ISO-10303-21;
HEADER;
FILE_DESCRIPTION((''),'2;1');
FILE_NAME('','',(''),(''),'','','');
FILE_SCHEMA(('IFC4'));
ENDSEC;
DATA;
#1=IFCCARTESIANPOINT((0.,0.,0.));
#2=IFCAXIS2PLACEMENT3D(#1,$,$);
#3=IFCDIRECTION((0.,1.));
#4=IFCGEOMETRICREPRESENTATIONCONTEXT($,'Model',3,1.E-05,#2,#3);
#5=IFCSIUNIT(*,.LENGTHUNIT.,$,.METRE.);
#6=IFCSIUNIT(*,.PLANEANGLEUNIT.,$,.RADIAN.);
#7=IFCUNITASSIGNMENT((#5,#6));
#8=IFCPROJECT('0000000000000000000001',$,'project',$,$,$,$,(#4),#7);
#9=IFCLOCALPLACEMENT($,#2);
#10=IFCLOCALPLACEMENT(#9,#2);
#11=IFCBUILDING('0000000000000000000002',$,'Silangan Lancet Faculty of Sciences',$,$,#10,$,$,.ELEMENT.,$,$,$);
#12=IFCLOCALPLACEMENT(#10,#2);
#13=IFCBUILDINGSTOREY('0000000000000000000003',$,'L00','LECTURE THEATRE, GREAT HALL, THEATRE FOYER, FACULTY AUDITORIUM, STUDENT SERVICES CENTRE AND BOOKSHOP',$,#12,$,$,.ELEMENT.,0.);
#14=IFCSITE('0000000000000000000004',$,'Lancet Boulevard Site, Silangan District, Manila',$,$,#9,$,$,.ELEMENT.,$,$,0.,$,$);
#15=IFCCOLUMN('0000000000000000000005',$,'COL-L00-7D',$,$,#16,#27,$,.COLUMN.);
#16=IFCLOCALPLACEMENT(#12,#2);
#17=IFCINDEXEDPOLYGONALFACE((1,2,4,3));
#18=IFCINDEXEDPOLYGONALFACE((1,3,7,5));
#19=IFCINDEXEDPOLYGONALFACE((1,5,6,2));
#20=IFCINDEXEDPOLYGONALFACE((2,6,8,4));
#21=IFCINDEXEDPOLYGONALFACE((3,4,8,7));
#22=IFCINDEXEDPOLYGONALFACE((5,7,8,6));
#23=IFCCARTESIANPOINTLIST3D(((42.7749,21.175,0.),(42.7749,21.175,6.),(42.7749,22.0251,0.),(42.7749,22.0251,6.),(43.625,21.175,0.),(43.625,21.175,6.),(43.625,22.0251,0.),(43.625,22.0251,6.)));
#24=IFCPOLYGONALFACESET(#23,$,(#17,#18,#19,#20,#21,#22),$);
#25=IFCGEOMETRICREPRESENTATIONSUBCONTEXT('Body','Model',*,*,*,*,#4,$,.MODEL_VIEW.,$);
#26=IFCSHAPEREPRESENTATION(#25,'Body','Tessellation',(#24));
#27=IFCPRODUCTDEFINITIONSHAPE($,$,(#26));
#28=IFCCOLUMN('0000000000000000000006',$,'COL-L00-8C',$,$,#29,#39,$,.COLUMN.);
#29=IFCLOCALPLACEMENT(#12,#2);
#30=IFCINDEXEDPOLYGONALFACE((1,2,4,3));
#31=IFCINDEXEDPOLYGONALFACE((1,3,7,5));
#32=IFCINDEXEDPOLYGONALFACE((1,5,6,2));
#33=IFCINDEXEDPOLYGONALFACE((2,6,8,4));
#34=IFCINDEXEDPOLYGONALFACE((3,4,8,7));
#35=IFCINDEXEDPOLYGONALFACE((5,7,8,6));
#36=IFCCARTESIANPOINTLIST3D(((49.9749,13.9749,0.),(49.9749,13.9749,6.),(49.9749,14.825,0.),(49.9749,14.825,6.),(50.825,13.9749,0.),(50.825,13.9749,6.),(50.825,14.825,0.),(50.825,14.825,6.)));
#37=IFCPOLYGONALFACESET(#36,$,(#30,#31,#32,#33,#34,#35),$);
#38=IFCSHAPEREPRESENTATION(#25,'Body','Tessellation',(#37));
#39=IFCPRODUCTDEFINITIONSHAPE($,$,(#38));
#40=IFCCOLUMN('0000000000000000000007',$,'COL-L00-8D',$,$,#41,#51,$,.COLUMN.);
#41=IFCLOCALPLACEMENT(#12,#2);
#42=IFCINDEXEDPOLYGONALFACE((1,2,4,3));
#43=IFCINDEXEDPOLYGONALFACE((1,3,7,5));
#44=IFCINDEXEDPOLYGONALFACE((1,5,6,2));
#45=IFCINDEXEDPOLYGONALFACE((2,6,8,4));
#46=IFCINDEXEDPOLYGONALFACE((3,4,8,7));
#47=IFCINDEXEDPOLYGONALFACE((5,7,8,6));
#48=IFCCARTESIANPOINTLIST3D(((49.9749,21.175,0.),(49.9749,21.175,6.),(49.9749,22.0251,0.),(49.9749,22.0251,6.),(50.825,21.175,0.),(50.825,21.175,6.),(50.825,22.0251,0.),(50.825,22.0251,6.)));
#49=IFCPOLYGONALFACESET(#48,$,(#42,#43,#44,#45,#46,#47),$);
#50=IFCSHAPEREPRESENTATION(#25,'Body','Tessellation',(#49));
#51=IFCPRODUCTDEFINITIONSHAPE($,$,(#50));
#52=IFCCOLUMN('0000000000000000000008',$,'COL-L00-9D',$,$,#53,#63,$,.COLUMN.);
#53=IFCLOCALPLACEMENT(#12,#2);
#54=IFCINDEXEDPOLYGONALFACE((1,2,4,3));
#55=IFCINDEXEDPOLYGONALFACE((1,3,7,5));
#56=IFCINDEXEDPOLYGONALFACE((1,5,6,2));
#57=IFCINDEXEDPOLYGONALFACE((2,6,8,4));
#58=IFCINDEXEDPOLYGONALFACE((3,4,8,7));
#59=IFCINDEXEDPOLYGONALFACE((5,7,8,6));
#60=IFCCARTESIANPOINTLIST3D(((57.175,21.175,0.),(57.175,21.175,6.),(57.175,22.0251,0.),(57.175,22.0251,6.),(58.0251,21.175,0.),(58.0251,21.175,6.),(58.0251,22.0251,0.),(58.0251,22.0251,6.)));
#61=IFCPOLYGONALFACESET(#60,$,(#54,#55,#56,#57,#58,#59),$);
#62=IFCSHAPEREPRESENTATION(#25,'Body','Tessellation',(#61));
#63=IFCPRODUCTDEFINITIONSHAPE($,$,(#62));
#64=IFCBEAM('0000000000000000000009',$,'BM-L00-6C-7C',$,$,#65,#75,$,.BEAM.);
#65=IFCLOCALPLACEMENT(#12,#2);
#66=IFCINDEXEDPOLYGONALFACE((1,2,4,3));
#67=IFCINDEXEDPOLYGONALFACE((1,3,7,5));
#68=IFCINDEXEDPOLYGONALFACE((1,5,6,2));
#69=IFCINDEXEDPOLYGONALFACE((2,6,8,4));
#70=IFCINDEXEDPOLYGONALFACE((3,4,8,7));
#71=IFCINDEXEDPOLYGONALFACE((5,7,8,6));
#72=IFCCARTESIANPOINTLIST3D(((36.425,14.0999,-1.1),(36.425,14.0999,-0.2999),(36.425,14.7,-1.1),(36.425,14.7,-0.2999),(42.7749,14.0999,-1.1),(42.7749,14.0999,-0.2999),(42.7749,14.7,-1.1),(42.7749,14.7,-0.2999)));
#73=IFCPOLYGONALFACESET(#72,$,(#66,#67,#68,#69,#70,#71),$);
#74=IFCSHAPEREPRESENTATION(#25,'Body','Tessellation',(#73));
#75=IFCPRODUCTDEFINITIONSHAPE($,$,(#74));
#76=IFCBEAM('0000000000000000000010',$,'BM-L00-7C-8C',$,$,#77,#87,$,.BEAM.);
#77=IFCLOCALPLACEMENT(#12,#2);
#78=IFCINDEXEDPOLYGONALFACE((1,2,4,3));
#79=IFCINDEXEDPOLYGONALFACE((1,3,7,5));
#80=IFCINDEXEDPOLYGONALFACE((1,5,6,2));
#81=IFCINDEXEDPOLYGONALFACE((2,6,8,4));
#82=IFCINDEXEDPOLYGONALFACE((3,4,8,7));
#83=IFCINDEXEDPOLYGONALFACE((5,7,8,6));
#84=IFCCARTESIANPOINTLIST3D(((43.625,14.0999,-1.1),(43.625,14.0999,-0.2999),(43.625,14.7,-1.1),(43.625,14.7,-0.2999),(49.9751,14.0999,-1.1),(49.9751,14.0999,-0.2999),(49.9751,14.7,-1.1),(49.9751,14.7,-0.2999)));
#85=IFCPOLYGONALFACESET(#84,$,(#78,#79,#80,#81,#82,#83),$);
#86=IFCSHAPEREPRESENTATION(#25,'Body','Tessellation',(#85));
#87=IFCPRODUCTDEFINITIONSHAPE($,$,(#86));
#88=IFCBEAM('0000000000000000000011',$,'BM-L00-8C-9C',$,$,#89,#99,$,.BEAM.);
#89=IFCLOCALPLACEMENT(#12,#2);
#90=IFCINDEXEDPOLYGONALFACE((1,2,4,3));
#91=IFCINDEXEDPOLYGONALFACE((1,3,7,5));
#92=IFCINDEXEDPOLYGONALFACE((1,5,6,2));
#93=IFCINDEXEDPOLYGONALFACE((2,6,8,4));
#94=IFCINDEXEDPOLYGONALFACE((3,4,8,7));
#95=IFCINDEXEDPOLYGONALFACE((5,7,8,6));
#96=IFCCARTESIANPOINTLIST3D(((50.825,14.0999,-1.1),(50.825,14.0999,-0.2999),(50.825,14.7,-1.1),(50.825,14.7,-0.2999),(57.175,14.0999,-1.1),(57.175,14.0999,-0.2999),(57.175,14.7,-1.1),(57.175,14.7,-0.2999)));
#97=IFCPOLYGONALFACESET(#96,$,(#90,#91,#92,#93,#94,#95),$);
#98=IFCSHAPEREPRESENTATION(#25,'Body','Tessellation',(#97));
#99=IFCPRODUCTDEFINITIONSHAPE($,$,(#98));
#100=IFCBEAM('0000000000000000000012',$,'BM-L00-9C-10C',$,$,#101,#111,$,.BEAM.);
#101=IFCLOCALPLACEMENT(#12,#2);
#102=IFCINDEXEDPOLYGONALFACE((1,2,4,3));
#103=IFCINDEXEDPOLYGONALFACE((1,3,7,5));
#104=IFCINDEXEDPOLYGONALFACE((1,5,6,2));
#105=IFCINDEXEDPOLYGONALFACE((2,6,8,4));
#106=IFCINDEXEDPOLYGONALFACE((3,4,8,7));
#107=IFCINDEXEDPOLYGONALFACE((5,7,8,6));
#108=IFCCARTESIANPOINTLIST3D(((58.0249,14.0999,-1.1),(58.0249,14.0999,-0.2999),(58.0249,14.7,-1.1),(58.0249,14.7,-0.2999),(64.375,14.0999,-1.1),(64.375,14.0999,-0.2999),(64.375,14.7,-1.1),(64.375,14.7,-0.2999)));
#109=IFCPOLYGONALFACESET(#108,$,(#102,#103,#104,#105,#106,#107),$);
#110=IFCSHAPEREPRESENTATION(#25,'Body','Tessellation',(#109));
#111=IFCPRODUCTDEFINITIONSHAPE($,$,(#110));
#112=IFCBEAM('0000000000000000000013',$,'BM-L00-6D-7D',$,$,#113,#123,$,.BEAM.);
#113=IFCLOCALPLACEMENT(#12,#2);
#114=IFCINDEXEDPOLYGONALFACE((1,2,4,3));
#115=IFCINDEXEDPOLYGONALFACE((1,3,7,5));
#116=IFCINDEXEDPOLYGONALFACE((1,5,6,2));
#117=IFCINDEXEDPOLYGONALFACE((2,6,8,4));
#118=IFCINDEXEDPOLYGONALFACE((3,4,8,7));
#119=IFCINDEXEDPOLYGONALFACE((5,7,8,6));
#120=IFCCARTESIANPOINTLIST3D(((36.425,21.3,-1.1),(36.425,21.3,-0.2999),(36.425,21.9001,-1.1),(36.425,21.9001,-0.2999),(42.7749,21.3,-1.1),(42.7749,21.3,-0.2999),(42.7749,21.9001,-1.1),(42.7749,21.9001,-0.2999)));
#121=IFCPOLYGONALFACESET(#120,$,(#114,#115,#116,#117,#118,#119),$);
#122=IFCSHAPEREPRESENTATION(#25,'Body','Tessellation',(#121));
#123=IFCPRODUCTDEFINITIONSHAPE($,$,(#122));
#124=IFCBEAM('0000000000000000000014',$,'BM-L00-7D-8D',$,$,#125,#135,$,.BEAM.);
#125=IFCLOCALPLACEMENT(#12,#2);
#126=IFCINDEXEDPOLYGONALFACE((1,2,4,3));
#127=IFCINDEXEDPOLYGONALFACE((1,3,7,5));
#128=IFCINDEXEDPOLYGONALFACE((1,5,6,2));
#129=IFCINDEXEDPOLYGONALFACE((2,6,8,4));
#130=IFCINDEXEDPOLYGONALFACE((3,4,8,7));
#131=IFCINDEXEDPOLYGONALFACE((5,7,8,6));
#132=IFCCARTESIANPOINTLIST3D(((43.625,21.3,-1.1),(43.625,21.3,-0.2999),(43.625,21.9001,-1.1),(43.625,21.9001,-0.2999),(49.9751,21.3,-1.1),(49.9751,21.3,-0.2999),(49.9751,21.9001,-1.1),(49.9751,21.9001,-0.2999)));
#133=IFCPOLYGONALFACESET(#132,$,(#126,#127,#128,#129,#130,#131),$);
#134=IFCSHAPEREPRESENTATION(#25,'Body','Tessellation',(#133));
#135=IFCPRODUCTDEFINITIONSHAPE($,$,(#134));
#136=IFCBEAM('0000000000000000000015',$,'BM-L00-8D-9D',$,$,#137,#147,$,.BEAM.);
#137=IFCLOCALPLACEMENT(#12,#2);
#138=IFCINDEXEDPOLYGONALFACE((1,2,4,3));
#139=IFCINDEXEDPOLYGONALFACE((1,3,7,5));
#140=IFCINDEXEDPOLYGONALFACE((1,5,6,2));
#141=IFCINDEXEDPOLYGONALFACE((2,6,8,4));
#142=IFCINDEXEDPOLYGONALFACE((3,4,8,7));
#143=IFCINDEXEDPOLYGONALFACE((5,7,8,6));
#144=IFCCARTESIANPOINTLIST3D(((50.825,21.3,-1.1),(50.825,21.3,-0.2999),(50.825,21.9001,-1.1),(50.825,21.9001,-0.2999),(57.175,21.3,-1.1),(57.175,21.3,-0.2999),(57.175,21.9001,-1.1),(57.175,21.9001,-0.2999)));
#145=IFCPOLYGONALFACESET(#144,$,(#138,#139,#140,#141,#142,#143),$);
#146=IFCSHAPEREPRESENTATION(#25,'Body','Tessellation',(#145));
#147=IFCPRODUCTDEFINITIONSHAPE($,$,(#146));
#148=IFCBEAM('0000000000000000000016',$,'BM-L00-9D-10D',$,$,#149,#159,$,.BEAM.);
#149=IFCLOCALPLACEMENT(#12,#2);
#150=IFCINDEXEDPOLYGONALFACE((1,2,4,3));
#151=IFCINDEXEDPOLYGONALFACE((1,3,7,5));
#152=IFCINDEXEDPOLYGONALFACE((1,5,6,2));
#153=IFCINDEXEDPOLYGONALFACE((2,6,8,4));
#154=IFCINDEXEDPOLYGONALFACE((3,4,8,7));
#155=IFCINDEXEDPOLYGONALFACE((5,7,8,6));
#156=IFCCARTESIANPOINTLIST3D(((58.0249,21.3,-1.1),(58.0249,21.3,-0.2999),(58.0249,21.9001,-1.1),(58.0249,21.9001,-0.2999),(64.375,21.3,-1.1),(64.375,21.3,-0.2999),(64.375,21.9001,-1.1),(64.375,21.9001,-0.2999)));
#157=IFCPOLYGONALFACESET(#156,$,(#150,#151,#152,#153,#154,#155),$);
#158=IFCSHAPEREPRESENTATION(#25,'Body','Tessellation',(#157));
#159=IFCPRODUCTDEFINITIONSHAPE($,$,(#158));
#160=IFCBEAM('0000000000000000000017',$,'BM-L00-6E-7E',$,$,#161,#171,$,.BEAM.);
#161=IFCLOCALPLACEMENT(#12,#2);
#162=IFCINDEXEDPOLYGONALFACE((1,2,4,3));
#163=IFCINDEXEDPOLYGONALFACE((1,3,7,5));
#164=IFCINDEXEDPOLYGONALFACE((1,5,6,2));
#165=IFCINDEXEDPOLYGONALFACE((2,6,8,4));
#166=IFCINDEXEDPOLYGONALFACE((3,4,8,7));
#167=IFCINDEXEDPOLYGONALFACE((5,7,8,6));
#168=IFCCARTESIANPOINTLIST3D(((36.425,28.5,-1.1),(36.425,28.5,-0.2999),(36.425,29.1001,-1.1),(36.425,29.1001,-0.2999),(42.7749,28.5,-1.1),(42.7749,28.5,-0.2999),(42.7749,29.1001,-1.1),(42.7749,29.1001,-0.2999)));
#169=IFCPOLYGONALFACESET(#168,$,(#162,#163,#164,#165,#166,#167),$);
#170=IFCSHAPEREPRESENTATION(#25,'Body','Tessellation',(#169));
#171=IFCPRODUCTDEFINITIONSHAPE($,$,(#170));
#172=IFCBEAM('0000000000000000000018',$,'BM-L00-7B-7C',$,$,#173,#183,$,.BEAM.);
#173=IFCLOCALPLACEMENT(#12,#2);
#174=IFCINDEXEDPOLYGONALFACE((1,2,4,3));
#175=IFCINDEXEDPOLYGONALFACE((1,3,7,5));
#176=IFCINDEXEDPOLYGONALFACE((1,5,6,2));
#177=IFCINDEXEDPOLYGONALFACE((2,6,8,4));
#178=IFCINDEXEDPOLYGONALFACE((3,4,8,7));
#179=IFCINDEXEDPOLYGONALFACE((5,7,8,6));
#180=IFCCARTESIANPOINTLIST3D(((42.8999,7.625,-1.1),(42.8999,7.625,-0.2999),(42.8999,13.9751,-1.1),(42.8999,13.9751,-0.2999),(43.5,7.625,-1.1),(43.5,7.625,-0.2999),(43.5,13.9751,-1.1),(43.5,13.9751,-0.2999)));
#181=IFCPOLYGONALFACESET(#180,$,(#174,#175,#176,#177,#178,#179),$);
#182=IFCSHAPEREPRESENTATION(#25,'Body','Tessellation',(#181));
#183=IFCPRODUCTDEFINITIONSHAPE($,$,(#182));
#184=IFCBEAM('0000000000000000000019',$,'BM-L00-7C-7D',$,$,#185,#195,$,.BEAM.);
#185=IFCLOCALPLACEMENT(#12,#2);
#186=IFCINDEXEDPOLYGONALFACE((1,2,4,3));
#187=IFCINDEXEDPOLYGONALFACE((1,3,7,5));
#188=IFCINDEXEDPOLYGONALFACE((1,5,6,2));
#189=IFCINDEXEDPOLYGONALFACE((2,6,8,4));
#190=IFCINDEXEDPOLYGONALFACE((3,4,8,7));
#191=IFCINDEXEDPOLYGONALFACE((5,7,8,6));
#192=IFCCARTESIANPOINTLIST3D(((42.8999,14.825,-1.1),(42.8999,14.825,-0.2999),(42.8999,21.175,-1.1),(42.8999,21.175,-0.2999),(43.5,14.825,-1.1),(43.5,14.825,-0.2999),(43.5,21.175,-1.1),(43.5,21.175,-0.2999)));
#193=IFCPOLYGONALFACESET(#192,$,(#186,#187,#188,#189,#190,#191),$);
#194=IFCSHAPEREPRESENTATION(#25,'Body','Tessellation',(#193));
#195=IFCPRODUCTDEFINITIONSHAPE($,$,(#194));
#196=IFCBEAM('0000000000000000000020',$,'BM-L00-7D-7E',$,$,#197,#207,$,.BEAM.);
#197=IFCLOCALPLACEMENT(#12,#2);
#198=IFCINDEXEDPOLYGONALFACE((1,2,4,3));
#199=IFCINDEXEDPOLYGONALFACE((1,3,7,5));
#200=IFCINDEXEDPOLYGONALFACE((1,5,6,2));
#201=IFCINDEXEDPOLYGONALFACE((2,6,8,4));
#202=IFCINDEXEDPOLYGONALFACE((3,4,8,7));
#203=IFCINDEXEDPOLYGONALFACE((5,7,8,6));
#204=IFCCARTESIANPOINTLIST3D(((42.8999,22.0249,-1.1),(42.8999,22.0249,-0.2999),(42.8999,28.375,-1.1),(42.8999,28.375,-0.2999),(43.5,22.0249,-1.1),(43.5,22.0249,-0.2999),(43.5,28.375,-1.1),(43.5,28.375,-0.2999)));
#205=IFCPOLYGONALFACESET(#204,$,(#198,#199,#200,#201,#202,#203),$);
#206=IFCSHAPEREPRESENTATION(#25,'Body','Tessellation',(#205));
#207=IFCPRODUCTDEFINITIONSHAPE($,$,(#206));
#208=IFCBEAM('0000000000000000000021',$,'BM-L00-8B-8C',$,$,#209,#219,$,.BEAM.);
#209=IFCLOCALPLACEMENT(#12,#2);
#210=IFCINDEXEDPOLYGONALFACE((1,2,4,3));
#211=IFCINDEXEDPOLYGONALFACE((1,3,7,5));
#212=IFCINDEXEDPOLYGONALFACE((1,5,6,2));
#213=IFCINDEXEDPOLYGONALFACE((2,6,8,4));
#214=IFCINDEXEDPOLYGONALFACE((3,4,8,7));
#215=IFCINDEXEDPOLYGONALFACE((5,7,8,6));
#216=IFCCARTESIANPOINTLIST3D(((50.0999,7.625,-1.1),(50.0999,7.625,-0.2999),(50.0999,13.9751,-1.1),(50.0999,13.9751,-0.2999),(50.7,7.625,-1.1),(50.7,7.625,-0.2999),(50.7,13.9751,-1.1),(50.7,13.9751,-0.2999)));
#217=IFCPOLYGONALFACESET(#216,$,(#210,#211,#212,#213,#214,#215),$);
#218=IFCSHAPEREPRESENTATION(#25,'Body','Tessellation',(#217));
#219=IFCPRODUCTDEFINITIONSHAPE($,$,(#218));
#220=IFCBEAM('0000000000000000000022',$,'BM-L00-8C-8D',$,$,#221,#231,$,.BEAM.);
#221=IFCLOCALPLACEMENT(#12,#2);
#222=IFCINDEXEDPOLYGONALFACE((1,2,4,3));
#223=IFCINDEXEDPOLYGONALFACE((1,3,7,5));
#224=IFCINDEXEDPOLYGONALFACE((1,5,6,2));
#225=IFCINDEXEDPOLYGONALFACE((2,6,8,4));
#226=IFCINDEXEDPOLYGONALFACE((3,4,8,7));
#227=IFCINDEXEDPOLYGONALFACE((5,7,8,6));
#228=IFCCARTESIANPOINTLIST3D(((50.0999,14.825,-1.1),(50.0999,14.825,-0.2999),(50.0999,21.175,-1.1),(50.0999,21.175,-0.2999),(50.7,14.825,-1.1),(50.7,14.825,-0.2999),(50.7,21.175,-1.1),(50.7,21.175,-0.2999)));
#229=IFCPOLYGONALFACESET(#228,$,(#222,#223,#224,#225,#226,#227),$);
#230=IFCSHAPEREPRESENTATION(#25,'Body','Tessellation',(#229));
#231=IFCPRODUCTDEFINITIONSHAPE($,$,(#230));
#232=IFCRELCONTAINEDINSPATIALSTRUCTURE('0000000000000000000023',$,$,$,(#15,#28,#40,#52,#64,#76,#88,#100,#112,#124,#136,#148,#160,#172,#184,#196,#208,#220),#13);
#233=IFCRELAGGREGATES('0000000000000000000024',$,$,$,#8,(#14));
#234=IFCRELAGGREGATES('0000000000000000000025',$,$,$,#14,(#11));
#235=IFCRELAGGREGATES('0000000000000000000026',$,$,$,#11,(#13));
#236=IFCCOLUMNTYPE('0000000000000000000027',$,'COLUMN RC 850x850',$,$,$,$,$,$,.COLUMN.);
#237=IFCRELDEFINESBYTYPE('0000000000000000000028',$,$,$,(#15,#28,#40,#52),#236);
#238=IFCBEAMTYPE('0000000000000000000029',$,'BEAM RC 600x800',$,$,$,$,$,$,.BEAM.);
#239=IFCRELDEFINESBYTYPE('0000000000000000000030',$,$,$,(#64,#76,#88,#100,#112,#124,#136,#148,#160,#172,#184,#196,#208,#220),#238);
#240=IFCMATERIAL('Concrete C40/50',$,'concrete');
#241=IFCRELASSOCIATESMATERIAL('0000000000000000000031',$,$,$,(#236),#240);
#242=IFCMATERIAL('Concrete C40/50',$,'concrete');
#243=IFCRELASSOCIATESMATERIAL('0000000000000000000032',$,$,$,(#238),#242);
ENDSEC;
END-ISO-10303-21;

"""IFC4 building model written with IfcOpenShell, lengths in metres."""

from ifc_helpers import new_model, si_unit, direction, frame, origin, origin_2d, place, context, subcontext, project, spatial, rectangle, extrude, material, material_profile, profile_set, type_object, element, save


model = new_model("IFC4")

# Units and contexts
model_context = context("Model", 3, precision=1e-05, world=origin(), true_north=direction((0.0, 1.0)))
body_context = subcontext(model_context, "Body", "Model", "MODEL_VIEW")
ifc_project = project(units=[si_unit("LENGTHUNIT", "METRE"), si_unit("PLANEANGLEUNIT", "RADIAN")], contexts=[model_context])

# Site, building, storey
site_placement = place(None, origin())
site = spatial("IfcSite", under=ifc_project, at=site_placement, Name="Lancet Boulevard Site, Silangan District, Manila", CompositionType="ELEMENT", RefElevation=0.0)
building_placement = place(site_placement, origin())
building = spatial("IfcBuilding", under=site, at=building_placement, Name="Silangan Lancet Faculty of Sciences", CompositionType="ELEMENT")
storey_placement = place(building_placement, origin())
storey = spatial("IfcBuildingStorey", under=building, at=storey_placement, Name="L00", Description="LECTURE THEATRE, GREAT HALL, THEATRE FOYER, FACULTY AUDITORIUM, STUDENT SERVICES CENTRE AND BOOKSHOP", CompositionType="ELEMENT", Elevation=0.0)

# Columns
ifc_material_1 = material(Name="Concrete C40/50", Category="concrete")
ifc_material_profile_1 = material_profile(ifc_material_1, rectangle(XDim=0.8501, YDim=0.8501, at=origin_2d()), Name="RC 850x850")
ifc_profile_set_1 = profile_set([ifc_material_profile_1], Name="Concrete C40/50")
column_type = type_object("IfcColumnType", Name="COLUMN RC 850x850", PredefinedType="COLUMN", material=ifc_profile_set_1)
for number, where, z_axis, x_axis, name in (
    (1, (43.2, 21.6001, 0.0), (0.0, 0.0, 1.0), (1.0, 0.0, 0.0), "COL-L00-7D"),
    (2, (50.3999, 14.3999, 0.0), (0.0, 0.0, 1.0), (1.0, 0.0, 0.0), "COL-L00-8C"),
    (3, (50.3999, 21.6001, 0.0), (0.0, 0.0, 1.0), (1.0, 0.0, 0.0), "COL-L00-8D"),
    (4, (57.6001, 21.6001, 0.0), (0.0, 0.0, 1.0), (1.0, 0.0, 0.0), "COL-L00-9D"),
):
    element("IfcColumn", number, at=place(storey_placement, frame(where, z_axis=z_axis, x_axis=x_axis)), inside=storey, type_object=column_type, Name=name, PredefinedType="COLUMN", context=body_context, shape_type="SweptSolid", body=[
        extrude(rectangle(XDim=0.8501, YDim=0.8501, at=origin_2d()), origin(), (0.0, 0.0, 1.0), 6.0),
    ])

# Beams
ifc_material_2 = material(Name="Concrete C40/50", Category="concrete")
ifc_material_profile_2 = material_profile(ifc_material_2, rectangle(XDim=0.6001, YDim=0.8, at=origin_2d()), Name="RC 600x800")
ifc_profile_set_2 = profile_set([ifc_material_profile_2], Name="Concrete C40/50")
beam_type = type_object("IfcBeamType", Name="BEAM RC 600x800", PredefinedType="BEAM", material=ifc_profile_set_2)
beam_1_placement = place(storey_placement, frame((36.425, 14.3999, -0.7), z_axis=(1.0, 0.0, 0.0), x_axis=(0.0, 1.0, 0.0)))
element("IfcBeam", 5, at=beam_1_placement, inside=storey, type_object=beam_type, Name="BM-L00-6C-7C", PredefinedType="BEAM", context=body_context, shape_type="SweptSolid", body=[
    extrude(rectangle(XDim=0.6001, YDim=0.8, at=origin_2d()), origin(), (0.0, 0.0, 1.0), 6.3499),
])
for number, where, z_axis, x_axis, name in (
    (6, (43.625, 14.3999, -0.7), (1.0, 0.0, 0.0), (0.0, 1.0, 0.0), "BM-L00-7C-8C"),
    (7, (50.825, 14.3999, -0.7), (1.0, 0.0, 0.0), (0.0, 1.0, 0.0), "BM-L00-8C-9C"),
    (8, (58.0249, 14.3999, -0.7), (1.0, 0.0, 0.0), (0.0, 1.0, 0.0), "BM-L00-9C-10C"),
):
    element("IfcBeam", number, at=place(storey_placement, frame(where, z_axis=z_axis, x_axis=x_axis)), inside=storey, type_object=beam_type, Name=name, PredefinedType="BEAM", context=body_context, shape_type="SweptSolid", body=[
        extrude(rectangle(XDim=0.6001, YDim=0.8, at=origin_2d()), origin(), (0.0, 0.0, 1.0), 6.3501),
    ])
beam_2_placement = place(storey_placement, frame((36.425, 21.6001, -0.7), z_axis=(1.0, 0.0, 0.0), x_axis=(0.0, 1.0, 0.0)))
element("IfcBeam", 9, at=beam_2_placement, inside=storey, type_object=beam_type, Name="BM-L00-6D-7D", PredefinedType="BEAM", context=body_context, shape_type="SweptSolid", body=[
    extrude(rectangle(XDim=0.6001, YDim=0.8, at=origin_2d()), origin(), (0.0, 0.0, 1.0), 6.3499),
])
for number, where, z_axis, x_axis, name in (
    (10, (43.625, 21.6001, -0.7), (1.0, 0.0, 0.0), (0.0, 1.0, 0.0), "BM-L00-7D-8D"),
    (11, (50.825, 21.6001, -0.7), (1.0, 0.0, 0.0), (0.0, 1.0, 0.0), "BM-L00-8D-9D"),
    (12, (58.0249, 21.6001, -0.7), (1.0, 0.0, 0.0), (0.0, 1.0, 0.0), "BM-L00-9D-10D"),
):
    element("IfcBeam", number, at=place(storey_placement, frame(where, z_axis=z_axis, x_axis=x_axis)), inside=storey, type_object=beam_type, Name=name, PredefinedType="BEAM", context=body_context, shape_type="SweptSolid", body=[
        extrude(rectangle(XDim=0.6001, YDim=0.8, at=origin_2d()), origin(), (0.0, 0.0, 1.0), 6.3501),
    ])
beam_3_placement = place(storey_placement, frame((36.425, 28.8, -0.7), z_axis=(1.0, 0.0, 0.0), x_axis=(0.0, 1.0, 0.0)))
element("IfcBeam", 13, at=beam_3_placement, inside=storey, type_object=beam_type, Name="BM-L00-6E-7E", PredefinedType="BEAM", context=body_context, shape_type="SweptSolid", body=[
    extrude(rectangle(XDim=0.6001, YDim=0.8, at=origin_2d()), origin(), (0.0, 0.0, 1.0), 6.3499),
])
for number, where, z_axis, x_axis, name in (
    (14, (43.2, 7.625, -0.7), (0.0, 1.0, 0.0), (-1.0, 0.0, 0.0), "BM-L00-7B-7C"),
    (15, (43.2, 14.825, -0.7), (0.0, 1.0, 0.0), (-1.0, 0.0, 0.0), "BM-L00-7C-7D"),
    (16, (43.2, 22.0249, -0.7), (0.0, 1.0, 0.0), (-1.0, 0.0, 0.0), "BM-L00-7D-7E"),
    (17, (50.3999, 7.625, -0.7), (0.0, 1.0, 0.0), (-1.0, 0.0, 0.0), "BM-L00-8B-8C"),
    (18, (50.3999, 14.825, -0.7), (0.0, 1.0, 0.0), (-1.0, 0.0, 0.0), "BM-L00-8C-8D"),
):
    element("IfcBeam", number, at=place(storey_placement, frame(where, z_axis=z_axis, x_axis=x_axis)), inside=storey, type_object=beam_type, Name=name, PredefinedType="BEAM", context=body_context, shape_type="SweptSolid", body=[
        extrude(rectangle(XDim=0.6001, YDim=0.8, at=origin_2d()), origin(), (0.0, 0.0, 1.0), 6.3501),
    ])

save(model, "model.ifc")
